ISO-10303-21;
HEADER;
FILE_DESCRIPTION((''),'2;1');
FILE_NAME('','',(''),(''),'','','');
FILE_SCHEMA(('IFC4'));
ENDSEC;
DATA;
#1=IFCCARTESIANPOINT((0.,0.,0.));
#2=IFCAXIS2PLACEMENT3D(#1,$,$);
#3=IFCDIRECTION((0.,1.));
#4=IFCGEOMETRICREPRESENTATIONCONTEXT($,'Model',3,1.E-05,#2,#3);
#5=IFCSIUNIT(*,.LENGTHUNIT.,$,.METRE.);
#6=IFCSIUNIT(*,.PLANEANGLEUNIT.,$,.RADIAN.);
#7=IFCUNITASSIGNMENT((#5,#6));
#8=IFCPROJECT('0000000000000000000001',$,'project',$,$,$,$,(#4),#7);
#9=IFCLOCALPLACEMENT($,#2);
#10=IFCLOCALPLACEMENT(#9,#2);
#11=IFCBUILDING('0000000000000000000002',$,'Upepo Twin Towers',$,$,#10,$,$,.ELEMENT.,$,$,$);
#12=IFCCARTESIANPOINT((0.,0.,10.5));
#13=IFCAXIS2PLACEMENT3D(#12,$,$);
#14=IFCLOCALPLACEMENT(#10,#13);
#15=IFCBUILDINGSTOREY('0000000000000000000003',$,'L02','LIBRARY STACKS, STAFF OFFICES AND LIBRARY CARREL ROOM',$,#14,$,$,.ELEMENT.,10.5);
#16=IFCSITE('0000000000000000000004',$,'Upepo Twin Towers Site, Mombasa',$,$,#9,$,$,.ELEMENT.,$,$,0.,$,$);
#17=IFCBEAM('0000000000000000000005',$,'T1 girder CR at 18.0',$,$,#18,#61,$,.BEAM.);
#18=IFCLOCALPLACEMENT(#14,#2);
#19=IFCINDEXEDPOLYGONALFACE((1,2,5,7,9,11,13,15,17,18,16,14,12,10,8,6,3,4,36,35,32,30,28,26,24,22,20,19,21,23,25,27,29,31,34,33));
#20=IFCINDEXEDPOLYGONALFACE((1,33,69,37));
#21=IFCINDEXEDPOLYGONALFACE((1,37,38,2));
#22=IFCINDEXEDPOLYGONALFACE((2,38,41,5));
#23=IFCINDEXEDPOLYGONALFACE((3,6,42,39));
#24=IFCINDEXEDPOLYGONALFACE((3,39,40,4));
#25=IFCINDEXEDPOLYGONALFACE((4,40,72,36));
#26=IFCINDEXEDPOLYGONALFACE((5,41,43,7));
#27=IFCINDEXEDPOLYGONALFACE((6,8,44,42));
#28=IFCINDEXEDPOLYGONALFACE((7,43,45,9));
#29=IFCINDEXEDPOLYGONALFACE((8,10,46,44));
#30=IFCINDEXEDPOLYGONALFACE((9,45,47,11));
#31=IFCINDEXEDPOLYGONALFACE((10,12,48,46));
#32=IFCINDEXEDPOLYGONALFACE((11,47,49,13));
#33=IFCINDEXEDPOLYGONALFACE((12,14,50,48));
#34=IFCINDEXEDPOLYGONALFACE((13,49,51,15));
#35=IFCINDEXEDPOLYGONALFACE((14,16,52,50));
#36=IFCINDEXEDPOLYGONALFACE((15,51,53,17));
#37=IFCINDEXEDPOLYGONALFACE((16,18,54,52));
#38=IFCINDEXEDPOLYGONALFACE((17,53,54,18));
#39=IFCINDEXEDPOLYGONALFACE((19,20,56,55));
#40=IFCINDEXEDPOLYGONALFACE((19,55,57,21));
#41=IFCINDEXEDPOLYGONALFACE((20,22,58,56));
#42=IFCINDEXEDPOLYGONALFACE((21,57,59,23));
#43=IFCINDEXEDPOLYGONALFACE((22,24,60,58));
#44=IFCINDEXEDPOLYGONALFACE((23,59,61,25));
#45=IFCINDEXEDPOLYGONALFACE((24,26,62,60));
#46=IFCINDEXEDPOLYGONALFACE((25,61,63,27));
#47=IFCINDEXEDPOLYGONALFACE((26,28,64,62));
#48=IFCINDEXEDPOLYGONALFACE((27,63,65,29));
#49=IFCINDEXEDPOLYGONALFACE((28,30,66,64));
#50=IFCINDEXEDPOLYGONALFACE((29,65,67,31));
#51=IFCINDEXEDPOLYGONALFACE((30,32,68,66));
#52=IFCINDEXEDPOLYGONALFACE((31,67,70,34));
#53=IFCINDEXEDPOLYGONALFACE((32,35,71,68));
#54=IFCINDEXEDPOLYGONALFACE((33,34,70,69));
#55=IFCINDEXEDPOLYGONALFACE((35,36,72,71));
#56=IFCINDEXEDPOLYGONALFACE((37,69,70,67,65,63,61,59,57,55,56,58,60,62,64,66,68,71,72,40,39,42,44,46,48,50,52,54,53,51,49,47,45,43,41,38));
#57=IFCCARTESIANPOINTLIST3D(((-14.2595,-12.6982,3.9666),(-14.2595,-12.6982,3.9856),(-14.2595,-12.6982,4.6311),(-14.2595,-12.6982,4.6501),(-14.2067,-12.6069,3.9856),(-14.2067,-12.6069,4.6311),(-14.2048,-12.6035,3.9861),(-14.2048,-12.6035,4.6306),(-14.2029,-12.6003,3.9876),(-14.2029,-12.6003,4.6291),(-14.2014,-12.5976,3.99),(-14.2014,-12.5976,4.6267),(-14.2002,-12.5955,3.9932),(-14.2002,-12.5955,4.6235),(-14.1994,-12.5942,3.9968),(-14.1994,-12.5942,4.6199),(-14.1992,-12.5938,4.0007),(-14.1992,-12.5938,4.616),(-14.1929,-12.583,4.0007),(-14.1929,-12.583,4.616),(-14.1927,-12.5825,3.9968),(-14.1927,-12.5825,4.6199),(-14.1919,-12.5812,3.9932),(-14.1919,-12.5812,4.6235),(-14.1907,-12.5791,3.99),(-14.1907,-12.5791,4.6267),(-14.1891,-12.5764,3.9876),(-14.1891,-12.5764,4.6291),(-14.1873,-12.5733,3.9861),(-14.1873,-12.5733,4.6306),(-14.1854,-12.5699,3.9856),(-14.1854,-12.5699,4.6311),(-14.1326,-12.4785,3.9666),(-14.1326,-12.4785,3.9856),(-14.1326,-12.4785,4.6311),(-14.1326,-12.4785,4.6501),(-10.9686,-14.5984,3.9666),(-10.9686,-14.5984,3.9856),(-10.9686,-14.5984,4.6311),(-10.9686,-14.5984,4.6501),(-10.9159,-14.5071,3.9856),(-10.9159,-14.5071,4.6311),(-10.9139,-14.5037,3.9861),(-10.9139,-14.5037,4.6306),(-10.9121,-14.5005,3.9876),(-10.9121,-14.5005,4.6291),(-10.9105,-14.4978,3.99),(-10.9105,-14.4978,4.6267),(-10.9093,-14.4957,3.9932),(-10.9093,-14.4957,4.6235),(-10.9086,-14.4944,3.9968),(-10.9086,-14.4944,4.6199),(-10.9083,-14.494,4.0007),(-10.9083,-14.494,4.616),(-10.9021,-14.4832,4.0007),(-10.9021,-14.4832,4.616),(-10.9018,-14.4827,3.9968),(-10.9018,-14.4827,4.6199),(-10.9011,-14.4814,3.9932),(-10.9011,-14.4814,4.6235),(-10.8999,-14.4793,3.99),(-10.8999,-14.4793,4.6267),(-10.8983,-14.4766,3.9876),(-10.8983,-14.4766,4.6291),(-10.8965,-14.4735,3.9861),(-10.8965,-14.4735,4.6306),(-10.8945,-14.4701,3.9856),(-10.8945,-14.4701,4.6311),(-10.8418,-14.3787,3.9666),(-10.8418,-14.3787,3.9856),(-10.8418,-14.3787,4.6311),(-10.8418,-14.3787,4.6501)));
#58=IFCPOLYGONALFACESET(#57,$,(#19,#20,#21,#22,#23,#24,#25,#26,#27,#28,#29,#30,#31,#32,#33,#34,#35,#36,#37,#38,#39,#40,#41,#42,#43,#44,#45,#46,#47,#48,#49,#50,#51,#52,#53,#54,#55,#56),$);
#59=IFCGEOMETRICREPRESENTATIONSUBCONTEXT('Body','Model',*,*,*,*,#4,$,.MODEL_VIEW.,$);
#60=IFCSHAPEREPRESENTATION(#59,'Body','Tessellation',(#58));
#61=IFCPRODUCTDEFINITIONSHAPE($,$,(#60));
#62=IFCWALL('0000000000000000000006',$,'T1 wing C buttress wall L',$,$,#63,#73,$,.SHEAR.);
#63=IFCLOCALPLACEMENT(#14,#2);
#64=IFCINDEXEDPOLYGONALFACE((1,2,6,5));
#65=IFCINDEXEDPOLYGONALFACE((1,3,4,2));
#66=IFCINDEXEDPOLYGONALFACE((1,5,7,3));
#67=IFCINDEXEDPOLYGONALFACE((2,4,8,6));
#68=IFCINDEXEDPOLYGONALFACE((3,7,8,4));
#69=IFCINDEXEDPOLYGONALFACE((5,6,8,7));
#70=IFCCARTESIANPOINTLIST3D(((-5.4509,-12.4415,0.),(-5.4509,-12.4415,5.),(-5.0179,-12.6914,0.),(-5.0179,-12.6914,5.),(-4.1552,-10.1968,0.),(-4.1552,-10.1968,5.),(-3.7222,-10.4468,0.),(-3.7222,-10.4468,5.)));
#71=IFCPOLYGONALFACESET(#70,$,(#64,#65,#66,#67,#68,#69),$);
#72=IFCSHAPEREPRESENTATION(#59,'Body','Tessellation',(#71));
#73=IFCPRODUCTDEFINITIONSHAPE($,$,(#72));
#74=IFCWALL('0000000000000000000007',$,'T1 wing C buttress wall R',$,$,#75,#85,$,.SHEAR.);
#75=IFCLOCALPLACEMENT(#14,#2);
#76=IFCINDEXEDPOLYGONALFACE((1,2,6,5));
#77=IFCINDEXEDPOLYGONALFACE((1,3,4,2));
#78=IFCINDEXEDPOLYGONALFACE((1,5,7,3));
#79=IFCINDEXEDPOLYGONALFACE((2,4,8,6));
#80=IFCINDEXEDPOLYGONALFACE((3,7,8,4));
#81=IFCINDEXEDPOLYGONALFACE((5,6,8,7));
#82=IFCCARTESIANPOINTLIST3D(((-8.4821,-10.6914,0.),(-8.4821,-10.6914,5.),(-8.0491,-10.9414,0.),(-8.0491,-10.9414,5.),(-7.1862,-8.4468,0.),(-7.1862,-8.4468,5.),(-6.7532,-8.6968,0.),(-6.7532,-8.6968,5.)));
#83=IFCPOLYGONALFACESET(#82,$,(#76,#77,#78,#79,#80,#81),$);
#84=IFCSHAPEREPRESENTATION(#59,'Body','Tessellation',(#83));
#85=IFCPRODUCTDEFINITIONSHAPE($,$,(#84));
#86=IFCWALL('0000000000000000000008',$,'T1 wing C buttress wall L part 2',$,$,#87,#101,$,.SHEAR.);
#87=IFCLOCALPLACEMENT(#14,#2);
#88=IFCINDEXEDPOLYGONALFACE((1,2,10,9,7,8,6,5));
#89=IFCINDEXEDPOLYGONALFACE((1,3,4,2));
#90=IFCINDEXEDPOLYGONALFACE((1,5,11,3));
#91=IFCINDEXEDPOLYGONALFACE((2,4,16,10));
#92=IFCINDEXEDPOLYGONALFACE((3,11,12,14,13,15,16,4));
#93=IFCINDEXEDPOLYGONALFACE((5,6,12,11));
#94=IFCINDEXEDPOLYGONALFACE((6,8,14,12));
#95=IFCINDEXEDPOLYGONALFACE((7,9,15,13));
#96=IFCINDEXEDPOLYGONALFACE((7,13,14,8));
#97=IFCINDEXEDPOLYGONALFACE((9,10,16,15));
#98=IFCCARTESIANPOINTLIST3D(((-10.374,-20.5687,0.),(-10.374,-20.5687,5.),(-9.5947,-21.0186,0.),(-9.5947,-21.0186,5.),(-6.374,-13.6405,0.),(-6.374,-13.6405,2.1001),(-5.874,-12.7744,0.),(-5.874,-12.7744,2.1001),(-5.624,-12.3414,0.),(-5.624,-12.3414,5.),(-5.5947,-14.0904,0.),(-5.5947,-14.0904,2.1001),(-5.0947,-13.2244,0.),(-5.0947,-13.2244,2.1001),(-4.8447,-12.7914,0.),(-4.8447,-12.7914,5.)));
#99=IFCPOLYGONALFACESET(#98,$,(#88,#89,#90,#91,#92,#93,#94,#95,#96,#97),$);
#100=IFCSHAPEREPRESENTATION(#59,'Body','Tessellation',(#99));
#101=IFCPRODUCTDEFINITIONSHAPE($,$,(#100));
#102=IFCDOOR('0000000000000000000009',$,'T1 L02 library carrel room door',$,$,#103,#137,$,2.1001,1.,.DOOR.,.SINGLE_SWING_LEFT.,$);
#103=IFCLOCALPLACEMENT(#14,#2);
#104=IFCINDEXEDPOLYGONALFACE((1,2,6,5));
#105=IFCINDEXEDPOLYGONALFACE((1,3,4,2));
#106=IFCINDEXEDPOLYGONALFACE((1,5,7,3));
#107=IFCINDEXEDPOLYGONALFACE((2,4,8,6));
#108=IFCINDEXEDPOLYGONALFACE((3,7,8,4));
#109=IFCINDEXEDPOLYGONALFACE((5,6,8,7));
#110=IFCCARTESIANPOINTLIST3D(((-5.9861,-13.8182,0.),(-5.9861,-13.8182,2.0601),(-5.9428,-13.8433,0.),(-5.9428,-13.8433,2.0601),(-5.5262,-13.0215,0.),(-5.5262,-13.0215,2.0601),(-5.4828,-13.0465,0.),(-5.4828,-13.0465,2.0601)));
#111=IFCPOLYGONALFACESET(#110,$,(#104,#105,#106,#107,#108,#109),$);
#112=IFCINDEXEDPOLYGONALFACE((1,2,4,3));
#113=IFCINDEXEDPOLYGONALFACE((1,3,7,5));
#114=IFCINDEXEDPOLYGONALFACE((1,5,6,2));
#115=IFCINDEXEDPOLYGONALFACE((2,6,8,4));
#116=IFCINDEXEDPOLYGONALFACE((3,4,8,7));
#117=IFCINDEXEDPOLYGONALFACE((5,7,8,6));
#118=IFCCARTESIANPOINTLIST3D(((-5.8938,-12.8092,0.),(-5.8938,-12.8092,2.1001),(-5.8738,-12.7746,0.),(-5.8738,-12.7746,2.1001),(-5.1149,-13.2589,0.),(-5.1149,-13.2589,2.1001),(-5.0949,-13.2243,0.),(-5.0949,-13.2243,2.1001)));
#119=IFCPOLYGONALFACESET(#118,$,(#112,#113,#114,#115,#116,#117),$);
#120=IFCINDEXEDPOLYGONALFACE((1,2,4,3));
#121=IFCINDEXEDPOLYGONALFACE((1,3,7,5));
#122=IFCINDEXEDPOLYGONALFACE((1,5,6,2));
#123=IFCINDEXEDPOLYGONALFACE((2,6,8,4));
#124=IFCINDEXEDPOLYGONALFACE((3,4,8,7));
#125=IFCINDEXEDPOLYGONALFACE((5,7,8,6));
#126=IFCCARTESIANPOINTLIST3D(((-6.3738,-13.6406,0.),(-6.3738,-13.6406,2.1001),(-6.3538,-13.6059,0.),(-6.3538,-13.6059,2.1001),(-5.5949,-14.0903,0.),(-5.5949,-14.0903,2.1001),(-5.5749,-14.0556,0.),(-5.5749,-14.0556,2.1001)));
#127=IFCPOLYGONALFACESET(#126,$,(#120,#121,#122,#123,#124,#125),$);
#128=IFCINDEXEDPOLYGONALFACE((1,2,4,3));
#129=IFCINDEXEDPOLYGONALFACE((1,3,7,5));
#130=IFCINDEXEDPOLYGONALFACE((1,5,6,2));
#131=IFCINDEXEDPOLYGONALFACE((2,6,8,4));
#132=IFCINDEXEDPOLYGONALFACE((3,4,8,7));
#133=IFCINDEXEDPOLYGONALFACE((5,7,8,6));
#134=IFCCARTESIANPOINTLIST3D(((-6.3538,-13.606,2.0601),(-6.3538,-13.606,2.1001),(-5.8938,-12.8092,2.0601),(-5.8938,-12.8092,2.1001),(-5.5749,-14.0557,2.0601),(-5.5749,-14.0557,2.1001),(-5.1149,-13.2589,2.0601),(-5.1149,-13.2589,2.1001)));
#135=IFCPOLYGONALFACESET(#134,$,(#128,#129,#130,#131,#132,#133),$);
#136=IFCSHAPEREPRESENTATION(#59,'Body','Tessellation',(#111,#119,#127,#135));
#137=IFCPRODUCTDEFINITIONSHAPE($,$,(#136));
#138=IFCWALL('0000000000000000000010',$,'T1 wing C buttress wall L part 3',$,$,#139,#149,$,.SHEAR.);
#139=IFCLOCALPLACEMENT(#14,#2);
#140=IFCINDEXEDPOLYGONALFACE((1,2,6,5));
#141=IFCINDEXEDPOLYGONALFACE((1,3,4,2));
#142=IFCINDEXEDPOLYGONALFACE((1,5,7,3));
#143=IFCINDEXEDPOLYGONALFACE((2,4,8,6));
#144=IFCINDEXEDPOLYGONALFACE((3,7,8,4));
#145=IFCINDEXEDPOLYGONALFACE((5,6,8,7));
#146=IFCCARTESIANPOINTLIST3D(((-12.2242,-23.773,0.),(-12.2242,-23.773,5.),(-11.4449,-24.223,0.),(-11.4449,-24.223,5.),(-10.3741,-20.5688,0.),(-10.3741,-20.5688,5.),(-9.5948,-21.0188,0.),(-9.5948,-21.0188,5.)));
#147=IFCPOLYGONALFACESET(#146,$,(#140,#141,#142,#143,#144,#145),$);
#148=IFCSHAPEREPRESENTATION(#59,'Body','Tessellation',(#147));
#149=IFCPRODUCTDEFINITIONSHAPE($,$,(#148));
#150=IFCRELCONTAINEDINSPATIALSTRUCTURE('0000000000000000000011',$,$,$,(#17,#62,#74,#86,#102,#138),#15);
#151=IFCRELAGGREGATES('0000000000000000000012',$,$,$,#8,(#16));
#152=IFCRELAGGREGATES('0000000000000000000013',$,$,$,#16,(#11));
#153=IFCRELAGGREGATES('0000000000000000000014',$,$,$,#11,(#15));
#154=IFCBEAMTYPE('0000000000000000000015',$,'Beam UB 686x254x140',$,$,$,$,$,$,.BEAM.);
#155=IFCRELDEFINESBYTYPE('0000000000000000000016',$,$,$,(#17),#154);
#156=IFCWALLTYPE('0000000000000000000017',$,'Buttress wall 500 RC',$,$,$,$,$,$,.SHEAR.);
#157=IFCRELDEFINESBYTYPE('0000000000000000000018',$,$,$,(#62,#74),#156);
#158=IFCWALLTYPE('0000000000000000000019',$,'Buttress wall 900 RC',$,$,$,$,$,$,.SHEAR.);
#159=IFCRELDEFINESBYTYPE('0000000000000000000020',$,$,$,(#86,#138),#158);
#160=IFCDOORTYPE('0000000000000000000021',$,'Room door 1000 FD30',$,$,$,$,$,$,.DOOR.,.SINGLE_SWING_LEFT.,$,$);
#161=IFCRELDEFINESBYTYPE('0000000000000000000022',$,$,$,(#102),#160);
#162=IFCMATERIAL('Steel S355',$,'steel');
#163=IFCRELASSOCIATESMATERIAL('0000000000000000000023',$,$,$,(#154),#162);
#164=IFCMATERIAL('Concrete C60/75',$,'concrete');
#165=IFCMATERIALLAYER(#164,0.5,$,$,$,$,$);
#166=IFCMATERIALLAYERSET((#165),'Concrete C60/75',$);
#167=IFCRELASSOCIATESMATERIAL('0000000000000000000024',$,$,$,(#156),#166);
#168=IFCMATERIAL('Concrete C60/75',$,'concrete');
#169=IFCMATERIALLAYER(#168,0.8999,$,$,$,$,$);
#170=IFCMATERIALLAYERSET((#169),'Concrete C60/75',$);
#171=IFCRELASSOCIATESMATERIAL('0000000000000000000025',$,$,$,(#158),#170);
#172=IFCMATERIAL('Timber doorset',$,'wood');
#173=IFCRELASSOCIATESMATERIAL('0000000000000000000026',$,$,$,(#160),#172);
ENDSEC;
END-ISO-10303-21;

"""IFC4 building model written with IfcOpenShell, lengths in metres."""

from ifc_helpers import new_model, si_unit, direction, frame, frame_2d, origin, origin_2d, place, context, subcontext, project, spatial, rectangle, i_section, extrude, material, layer, layer_set, material_profile, profile_set, type_object, element, fill, save


model = new_model("IFC4")

# Units and contexts
model_context = context("Model", 3, precision=1e-05, world=origin(), true_north=direction((0.0, 1.0)))
body_context = subcontext(model_context, "Body", "Model", "MODEL_VIEW")
ifc_project = project(units=[si_unit("LENGTHUNIT", "METRE"), si_unit("PLANEANGLEUNIT", "RADIAN")], contexts=[model_context])

# Site, building, storey
site_placement = place(None, origin())
site = spatial("IfcSite", under=ifc_project, at=site_placement, Name="Upepo Twin Towers Site, Mombasa", CompositionType="ELEMENT", RefElevation=0.0)
building_placement = place(site_placement, origin())
building = spatial("IfcBuilding", under=site, at=building_placement, Name="Upepo Twin Towers", CompositionType="ELEMENT")
storey_placement = place(building_placement, frame((0.0, 0.0, 10.5)))
storey = spatial("IfcBuildingStorey", under=building, at=storey_placement, Name="L02", Description="LIBRARY STACKS, STAFF OFFICES AND LIBRARY CARREL ROOM", CompositionType="ELEMENT", Elevation=10.5)

# Beam
ifc_material_1 = material(Name="Steel S355", Category="steel")
ifc_material_profile_1 = material_profile(ifc_material_1, i_section(OverallWidth=0.2537, OverallDepth=0.6836, WebThickness=0.0125, FlangeThickness=0.019, FilletRadius=0.0151, at=origin_2d()), Name="UB 686x254x140")
ifc_profile_set_1 = profile_set([ifc_material_profile_1], Name="Steel S355")
beam_type_1 = type_object("IfcBeamType", Name="Beam UB 686x254x140", PredefinedType="BEAM", material=ifc_profile_set_1)
beam_1_placement = place(storey_placement, frame((-14.196, -12.5884, 4.3083), z_axis=(0.866, -0.500043, 0.0), x_axis=(0.500043, 0.866, 0.0)))
element("IfcBeam", 1, at=beam_1_placement, inside=storey, type_object=beam_type_1, Name="T1 girder CR at 18.0", PredefinedType="BEAM", context=body_context, shape_type="SweptSolid", body=[
    extrude(i_section(OverallWidth=0.2537, OverallDepth=0.6836, WebThickness=0.0125, FlangeThickness=0.019, FilletRadius=0.0151, at=origin_2d()), origin(), (0.0, 0.0, 1.0), 3.8),
])

# Walls
ifc_material_2 = material(Name="Concrete C60/75", Category="concrete")
ifc_layer_1 = layer(ifc_material_2, 0.5)
ifc_layer_set_1 = layer_set([ifc_layer_1], Name="Concrete C60/75")
wall_type_1 = type_object("IfcWallType", Name="Buttress wall 500 RC", PredefinedType="SHEAR", material=ifc_layer_set_1)
for number, where, z_axis, x_axis, name in (
    (2, (-3.9387, -10.3218, 0.0), (0.0, 0.0, 1.0), (-0.499918, -0.866073, 0.0), "T1 wing C buttress wall L"),
    (3, (-6.9697, -8.5718, 0.0), (0.0, 0.0, 1.0), (-0.499989, -0.866032, 0.0), "T1 wing C buttress wall R"),
):
    element("IfcWall", number, at=place(storey_placement, frame(where, z_axis=z_axis, x_axis=x_axis)), inside=storey, type_object=wall_type_1, Name=name, PredefinedType="SHEAR", context=body_context, shape_type="SweptSolid", body=[
        extrude(rectangle(XDim=2.5918, YDim=0.5, at=frame_2d((1.2959, 0.0))), origin(), (0.0, 0.0, 1.0), 5.0),
    ])

# Wall, opening, door
ifc_material_3 = material(Name="Concrete C60/75", Category="concrete")
ifc_layer_2 = layer(ifc_material_3, 0.8999)
ifc_layer_set_2 = layer_set([ifc_layer_2], Name="Concrete C60/75")
wall_type_2 = type_object("IfcWallType", Name="Buttress wall 900 RC", PredefinedType="SHEAR", material=ifc_layer_set_2)
wall_1_placement = place(storey_placement, frame((-5.2344, -12.5664, 0.0), z_axis=(0.0, 0.0, 1.0), x_axis=(-0.499998, -0.866027, 0.0)))
wall_1 = element("IfcWall", 4, at=wall_1_placement, inside=storey, type_object=wall_type_2, Name="T1 wing C buttress wall L part 2", PredefinedType="SHEAR", context=body_context, shape_type="SweptSolid", body=[
    extrude(rectangle(XDim=9.5, YDim=0.8999, at=frame_2d((4.75, 0.0))), origin(), (0.0, 0.0, 1.0), 5.0),
])
opening_1_placement = place(wall_1_placement, frame((0.5, 0.0, 0.0)))
opening_1 = element("IfcOpeningElement", 5, at=opening_1_placement, cuts=wall_1, PredefinedType="OPENING", context=body_context, shape_type="SweptSolid", body=[
    extrude(rectangle(XDim=1.0, YDim=2.1001, at=frame_2d((0.5, 1.05))), frame((0.0, 0.46, 0.0), z_axis=(0.0, -1.0, 0.0), x_axis=(1.0, 0.0, 0.0)), (0.0, 0.0, 1.0), 0.9199),
])
ifc_material_4 = material(Name="Timber doorset", Category="wood")
door_type_1 = type_object("IfcDoorType", Name="Room door 1000 FD30", OperationType="SINGLE_SWING_LEFT", PredefinedType="DOOR", material=ifc_material_4)
door_1_placement = place(opening_1_placement, origin())
door_1 = element("IfcDoor", 6, at=door_1_placement, inside=storey, type_object=door_type_1, Name="T1 L02 library carrel room door", OperationType="SINGLE_SWING_LEFT", OverallHeight=2.1001, OverallWidth=1.0, PredefinedType="DOOR", context=body_context, shape_type="SweptSolid", body=[
    extrude(rectangle(XDim=0.92, YDim=2.0601, at=frame_2d((0.5, 1.03))), frame((0.0, 0.0249, 0.0), z_axis=(0.0, -1.0, 0.0), x_axis=(1.0, 0.0, 0.0)), (0.0, 0.0, 1.0), 0.05),
    extrude(rectangle(XDim=0.04, YDim=2.1001, at=frame_2d((0.02, 1.05))), frame((0.0, 0.4497, 0.0), z_axis=(0.0, -1.0, 0.0), x_axis=(1.0, 0.0, 0.0)), (0.0, 0.0, 1.0), 0.8994),
    extrude(rectangle(XDim=0.04, YDim=2.1001, at=frame_2d((0.98, 1.05))), frame((0.0, 0.4497, 0.0), z_axis=(0.0, -1.0, 0.0), x_axis=(1.0, 0.0, 0.0)), (0.0, 0.0, 1.0), 0.8994),
    extrude(rectangle(XDim=0.92, YDim=0.04, at=frame_2d((0.5, 2.0801))), frame((0.0, 0.4497, 0.0), z_axis=(0.0, -1.0, 0.0), x_axis=(1.0, 0.0, 0.0)), (0.0, 0.0, 1.0), 0.8994),
])
fill(opening_1, door_1)

# Wall
wall_2_placement = place(storey_placement, frame((-9.9844, -20.7937, 0.0), z_axis=(0.0, 0.0, 1.0), x_axis=(-0.500042, -0.866001, 0.0)))
element("IfcWall", 7, at=wall_2_placement, inside=storey, type_object=wall_type_2, Name="T1 wing C buttress wall L part 3", PredefinedType="SHEAR", context=body_context, shape_type="SweptSolid", body=[
    extrude(rectangle(XDim=3.7, YDim=0.8999, at=frame_2d((1.8501, 0.0))), origin(), (0.0, 0.0, 1.0), 5.0),
])

save(model, "model.ifc")
